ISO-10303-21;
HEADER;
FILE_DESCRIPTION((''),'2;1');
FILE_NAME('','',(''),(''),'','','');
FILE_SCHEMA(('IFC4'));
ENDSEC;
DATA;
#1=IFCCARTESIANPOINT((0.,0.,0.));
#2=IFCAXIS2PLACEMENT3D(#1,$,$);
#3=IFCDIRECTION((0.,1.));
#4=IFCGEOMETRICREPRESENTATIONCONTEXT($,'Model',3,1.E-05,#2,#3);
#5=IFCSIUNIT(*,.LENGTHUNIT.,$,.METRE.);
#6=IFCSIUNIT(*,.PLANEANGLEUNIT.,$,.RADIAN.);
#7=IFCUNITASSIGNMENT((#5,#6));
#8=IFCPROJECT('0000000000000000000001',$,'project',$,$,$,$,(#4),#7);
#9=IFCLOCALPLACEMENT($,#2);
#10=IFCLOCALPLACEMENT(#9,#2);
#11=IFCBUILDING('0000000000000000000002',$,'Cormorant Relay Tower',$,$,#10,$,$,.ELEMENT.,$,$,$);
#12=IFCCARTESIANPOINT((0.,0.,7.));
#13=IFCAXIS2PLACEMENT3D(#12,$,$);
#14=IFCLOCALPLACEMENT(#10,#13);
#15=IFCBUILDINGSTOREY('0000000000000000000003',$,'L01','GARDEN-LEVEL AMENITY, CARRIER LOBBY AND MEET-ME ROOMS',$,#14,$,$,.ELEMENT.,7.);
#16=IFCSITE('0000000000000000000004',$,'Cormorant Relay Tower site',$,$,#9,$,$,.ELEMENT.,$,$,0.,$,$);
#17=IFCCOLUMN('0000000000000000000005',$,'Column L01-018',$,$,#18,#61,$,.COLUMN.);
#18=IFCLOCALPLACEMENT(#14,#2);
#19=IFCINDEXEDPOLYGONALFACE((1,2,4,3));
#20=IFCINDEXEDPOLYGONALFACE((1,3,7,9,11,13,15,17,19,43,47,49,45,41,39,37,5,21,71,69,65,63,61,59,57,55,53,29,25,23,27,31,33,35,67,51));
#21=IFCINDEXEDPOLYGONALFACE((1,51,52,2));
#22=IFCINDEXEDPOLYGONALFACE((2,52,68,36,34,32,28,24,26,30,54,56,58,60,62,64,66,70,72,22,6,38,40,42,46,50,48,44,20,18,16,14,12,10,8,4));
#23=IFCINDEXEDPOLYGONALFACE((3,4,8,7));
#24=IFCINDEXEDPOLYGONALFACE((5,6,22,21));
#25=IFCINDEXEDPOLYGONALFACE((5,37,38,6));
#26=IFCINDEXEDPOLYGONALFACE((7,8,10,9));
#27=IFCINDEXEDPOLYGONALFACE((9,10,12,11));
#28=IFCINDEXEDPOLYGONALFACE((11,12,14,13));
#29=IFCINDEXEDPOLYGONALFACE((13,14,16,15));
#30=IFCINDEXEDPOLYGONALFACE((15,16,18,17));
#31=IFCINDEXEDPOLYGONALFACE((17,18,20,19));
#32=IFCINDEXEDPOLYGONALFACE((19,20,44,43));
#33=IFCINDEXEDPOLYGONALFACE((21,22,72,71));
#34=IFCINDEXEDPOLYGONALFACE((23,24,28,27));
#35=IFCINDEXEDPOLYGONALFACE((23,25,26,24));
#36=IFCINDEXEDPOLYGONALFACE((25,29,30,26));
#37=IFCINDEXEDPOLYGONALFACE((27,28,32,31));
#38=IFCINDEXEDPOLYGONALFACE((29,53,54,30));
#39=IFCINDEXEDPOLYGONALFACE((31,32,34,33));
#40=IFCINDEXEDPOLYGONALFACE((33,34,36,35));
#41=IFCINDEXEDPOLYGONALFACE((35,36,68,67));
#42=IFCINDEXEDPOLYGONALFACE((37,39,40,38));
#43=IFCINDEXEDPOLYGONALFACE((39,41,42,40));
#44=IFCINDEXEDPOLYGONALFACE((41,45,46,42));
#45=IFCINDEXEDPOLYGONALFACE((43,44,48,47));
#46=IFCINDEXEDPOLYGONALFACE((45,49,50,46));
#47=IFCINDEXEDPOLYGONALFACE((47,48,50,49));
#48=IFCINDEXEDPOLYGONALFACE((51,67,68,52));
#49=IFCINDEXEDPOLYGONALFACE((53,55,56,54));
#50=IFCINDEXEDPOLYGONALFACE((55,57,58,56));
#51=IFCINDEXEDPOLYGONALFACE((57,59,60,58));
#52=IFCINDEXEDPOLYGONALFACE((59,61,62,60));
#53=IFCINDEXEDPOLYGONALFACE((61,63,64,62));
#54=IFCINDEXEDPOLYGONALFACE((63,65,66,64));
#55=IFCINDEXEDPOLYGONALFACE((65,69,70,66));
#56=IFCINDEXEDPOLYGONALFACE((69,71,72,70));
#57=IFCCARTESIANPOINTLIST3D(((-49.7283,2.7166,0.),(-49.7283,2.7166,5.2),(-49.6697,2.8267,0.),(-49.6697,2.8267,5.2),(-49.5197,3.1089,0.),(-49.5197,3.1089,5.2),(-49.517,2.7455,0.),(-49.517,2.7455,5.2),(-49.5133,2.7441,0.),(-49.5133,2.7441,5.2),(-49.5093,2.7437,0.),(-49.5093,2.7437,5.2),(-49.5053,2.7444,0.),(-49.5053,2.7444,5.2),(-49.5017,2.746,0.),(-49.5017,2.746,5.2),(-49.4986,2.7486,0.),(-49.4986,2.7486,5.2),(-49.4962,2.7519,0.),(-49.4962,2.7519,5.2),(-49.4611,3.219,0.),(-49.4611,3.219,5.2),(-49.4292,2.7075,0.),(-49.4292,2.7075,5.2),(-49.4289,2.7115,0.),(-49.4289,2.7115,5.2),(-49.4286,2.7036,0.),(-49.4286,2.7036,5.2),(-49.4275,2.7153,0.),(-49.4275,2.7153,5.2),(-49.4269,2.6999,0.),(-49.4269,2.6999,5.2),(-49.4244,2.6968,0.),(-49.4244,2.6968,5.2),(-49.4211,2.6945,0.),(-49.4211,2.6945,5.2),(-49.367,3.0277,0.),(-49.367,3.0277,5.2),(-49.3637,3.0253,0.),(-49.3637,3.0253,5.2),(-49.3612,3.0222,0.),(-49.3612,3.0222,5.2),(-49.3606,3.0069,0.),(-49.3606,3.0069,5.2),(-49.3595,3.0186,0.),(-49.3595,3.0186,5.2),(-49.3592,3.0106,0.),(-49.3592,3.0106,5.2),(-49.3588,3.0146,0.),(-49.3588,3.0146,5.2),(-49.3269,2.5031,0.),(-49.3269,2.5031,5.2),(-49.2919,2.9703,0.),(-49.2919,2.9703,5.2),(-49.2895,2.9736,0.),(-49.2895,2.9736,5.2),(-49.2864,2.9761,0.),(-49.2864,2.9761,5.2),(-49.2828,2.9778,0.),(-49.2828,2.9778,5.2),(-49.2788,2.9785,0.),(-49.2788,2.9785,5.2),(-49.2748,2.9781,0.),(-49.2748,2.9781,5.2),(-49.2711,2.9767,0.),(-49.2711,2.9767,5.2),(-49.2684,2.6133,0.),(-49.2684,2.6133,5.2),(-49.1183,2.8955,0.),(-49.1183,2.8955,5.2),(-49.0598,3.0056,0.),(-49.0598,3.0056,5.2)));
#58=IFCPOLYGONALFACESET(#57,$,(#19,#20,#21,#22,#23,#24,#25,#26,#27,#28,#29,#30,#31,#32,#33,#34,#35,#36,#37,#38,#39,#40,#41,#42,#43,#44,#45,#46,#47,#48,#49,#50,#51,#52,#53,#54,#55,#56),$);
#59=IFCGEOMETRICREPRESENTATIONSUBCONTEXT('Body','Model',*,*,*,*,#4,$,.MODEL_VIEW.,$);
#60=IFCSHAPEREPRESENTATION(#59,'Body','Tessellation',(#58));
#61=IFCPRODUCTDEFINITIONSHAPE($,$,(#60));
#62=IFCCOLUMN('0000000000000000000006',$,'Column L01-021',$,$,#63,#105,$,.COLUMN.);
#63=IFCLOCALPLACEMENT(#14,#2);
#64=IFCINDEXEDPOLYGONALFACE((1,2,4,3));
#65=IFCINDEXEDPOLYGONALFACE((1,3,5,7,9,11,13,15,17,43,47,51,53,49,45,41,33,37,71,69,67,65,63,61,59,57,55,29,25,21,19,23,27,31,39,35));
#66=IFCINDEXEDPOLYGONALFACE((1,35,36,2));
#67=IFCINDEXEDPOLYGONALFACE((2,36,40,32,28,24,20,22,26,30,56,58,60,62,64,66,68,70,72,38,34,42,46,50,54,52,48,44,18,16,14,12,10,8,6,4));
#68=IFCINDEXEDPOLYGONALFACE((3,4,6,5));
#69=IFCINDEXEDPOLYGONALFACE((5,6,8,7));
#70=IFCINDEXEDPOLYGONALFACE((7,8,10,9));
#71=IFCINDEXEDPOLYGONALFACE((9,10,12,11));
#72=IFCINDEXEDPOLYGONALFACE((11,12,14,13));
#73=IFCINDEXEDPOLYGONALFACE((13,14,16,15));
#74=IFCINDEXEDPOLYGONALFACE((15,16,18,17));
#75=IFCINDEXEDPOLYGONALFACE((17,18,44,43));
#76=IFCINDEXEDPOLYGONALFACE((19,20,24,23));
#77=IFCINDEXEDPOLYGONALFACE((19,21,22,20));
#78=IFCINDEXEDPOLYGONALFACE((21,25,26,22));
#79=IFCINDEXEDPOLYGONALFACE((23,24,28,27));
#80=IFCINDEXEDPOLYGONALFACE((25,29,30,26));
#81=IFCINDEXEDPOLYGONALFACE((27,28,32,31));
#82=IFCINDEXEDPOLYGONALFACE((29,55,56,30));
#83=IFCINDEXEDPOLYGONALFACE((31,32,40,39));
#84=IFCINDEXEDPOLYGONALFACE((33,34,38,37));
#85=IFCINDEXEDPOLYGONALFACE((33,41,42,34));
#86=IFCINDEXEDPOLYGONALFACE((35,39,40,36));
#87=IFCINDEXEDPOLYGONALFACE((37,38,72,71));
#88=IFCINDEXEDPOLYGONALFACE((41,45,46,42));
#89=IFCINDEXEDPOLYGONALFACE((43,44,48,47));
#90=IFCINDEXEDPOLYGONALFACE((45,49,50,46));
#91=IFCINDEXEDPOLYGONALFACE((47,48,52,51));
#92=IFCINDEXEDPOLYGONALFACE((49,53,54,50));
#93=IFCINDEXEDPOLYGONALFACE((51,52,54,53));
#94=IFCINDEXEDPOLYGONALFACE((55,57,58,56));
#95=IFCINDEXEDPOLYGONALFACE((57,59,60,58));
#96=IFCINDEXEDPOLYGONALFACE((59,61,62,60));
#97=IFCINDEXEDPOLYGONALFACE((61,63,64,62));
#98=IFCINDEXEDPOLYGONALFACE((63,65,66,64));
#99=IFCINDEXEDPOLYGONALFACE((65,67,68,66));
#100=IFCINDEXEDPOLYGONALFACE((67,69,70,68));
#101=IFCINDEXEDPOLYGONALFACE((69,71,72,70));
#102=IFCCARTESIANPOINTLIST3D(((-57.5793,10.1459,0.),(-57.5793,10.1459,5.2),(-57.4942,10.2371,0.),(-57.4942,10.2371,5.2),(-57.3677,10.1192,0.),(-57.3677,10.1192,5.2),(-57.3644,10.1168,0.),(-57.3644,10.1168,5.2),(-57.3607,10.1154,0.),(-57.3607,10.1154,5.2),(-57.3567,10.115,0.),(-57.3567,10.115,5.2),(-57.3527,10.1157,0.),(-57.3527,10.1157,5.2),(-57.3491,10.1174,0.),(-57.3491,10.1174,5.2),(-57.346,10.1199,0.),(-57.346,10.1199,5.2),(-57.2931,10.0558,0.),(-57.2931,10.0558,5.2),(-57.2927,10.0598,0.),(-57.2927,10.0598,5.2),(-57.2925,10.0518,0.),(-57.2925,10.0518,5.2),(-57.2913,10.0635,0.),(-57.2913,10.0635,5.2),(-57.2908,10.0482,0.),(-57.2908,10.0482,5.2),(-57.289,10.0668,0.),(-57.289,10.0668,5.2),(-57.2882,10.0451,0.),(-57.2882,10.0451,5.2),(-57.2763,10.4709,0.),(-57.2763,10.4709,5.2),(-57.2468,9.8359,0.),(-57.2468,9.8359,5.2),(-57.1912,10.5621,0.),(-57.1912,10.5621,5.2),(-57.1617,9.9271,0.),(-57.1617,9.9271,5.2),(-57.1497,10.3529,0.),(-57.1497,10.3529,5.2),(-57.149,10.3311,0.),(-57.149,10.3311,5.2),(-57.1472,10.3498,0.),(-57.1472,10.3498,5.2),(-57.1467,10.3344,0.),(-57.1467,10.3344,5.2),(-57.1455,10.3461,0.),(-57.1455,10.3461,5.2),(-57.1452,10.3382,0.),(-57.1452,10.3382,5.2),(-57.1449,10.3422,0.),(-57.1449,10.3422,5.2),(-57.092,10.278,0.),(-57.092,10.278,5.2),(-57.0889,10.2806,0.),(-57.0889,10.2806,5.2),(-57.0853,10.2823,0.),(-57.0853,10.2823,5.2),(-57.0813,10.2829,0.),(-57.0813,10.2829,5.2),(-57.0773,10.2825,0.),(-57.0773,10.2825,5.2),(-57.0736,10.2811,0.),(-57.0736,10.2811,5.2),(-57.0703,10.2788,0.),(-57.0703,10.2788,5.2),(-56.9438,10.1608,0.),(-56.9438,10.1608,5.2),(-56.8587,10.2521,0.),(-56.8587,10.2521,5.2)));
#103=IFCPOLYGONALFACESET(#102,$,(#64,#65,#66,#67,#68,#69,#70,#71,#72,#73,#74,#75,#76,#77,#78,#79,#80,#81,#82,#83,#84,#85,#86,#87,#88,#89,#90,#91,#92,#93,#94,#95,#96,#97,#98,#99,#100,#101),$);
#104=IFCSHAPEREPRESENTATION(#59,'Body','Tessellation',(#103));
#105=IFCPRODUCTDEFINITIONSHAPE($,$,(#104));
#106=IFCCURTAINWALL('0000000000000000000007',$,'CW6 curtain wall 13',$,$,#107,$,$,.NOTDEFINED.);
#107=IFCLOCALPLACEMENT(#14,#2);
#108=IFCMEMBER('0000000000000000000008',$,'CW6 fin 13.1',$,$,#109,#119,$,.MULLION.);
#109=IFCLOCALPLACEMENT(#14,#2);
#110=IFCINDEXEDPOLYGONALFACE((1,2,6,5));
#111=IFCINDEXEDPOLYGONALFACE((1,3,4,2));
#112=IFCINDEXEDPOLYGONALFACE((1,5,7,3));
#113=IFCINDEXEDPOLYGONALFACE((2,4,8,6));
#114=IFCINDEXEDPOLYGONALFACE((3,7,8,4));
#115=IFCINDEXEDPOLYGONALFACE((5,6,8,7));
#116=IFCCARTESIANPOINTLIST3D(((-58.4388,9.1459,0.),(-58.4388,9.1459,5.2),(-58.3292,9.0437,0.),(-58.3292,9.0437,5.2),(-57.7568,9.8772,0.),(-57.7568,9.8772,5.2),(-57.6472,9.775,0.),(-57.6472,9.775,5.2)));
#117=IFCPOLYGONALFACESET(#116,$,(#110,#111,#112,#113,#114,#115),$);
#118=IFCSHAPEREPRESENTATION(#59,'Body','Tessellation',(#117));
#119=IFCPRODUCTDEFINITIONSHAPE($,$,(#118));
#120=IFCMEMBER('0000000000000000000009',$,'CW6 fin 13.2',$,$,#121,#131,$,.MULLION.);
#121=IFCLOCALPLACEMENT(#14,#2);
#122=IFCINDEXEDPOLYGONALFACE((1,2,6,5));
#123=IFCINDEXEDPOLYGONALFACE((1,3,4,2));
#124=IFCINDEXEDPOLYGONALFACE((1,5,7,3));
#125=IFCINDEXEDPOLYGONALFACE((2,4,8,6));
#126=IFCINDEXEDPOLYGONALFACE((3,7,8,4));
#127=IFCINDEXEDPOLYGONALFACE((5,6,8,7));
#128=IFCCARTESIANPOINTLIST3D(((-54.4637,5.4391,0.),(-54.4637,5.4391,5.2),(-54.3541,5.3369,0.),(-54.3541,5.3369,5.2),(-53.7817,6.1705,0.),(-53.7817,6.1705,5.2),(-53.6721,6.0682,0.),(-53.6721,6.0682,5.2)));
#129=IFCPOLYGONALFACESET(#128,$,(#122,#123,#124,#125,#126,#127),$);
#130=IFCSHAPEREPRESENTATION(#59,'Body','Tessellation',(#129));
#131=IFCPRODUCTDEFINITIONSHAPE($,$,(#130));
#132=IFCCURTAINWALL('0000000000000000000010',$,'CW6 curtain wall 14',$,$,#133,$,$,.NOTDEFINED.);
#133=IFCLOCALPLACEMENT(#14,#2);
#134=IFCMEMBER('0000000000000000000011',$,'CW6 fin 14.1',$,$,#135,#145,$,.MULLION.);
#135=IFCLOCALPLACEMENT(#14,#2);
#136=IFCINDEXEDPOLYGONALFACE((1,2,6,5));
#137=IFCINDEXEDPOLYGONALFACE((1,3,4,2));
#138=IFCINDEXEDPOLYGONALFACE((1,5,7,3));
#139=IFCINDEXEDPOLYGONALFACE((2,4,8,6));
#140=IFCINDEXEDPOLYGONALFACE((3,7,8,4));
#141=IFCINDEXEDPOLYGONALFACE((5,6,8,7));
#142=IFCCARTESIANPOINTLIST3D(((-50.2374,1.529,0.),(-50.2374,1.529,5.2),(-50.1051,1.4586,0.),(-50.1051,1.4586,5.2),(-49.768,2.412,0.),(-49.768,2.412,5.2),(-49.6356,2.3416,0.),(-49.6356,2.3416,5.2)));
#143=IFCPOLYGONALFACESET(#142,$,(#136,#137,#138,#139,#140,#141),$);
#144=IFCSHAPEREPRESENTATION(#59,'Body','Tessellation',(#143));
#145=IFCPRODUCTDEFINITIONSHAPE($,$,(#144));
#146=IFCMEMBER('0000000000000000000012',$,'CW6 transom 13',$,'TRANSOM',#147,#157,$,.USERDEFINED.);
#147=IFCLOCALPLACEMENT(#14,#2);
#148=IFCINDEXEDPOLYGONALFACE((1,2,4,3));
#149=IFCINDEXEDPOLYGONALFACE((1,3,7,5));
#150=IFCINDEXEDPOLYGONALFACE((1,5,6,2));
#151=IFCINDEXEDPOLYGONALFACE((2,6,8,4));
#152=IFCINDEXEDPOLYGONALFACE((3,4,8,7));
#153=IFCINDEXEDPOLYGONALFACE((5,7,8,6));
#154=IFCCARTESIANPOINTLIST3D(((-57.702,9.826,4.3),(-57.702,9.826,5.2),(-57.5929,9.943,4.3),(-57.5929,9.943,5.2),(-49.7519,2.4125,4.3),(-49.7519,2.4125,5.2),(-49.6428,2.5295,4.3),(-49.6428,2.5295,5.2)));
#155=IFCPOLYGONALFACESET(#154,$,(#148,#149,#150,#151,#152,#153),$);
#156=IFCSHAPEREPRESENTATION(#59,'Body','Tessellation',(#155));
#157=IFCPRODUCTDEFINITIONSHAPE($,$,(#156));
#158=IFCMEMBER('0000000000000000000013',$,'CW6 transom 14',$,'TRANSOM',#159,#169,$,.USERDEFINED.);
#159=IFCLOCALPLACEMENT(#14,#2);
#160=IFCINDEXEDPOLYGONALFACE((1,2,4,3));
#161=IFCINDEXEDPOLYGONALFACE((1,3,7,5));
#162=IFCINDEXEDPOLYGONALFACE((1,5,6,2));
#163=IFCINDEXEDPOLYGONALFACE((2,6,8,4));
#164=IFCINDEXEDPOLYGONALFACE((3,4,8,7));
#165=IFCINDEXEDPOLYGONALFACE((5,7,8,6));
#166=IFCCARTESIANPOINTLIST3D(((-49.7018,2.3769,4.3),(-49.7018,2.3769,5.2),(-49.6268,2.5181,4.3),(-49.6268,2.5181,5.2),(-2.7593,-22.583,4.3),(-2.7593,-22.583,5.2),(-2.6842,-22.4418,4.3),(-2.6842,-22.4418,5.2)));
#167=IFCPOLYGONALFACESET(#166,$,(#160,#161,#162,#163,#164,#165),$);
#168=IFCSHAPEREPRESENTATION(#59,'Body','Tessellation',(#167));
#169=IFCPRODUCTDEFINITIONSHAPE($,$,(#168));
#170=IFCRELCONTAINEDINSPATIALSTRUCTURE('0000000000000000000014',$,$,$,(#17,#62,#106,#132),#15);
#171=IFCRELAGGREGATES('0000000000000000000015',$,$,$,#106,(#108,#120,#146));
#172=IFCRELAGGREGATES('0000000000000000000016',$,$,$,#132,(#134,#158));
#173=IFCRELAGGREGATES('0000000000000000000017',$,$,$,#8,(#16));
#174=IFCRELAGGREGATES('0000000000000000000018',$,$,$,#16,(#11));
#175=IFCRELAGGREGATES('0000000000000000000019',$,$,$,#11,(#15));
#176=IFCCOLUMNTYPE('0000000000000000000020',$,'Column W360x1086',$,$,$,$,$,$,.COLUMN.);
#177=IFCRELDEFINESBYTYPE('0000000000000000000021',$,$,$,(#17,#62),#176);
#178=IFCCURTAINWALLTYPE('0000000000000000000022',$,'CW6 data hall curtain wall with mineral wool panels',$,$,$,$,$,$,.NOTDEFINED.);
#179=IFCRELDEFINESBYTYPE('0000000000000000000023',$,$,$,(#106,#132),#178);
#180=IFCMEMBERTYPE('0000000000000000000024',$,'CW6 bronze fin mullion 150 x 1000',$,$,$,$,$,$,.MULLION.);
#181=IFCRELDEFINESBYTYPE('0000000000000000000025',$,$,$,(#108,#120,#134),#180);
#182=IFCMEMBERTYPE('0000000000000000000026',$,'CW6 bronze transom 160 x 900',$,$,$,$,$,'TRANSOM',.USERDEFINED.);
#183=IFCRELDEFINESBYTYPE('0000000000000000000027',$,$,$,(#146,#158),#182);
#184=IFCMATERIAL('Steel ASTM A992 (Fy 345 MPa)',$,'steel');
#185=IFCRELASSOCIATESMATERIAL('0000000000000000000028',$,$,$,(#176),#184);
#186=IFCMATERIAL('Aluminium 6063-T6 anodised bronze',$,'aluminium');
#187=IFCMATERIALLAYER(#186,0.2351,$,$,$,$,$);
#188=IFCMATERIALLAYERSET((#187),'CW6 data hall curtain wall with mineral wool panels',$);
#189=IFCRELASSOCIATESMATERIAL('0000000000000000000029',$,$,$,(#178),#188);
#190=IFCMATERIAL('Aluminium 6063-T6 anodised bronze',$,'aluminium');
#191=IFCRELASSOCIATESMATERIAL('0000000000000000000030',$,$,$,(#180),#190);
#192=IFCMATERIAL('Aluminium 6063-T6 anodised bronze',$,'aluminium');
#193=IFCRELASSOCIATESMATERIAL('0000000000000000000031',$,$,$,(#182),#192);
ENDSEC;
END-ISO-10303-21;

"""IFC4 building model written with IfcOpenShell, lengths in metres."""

from ifc_helpers import new_model, si_unit, direction, frame, origin, origin_2d, place, context, subcontext, project, spatial, rectangle, i_section, extrude, material, layer, layer_set, material_profile, profile_set, type_object, element, aggregate, save


model = new_model("IFC4")

# Units and contexts
model_context = context("Model", 3, precision=1e-05, world=origin(), true_north=direction((0.0, 1.0)))
body_context = subcontext(model_context, "Body", "Model", "MODEL_VIEW")
ifc_project = project(units=[si_unit("LENGTHUNIT", "METRE"), si_unit("PLANEANGLEUNIT", "RADIAN")], contexts=[model_context])

# Site, building, storey
site_placement = place(None, origin())
site = spatial("IfcSite", under=ifc_project, at=site_placement, Name="Cormorant Relay Tower site", CompositionType="ELEMENT", RefElevation=0.0)
building_placement = place(site_placement, origin())
building = spatial("IfcBuilding", under=site, at=building_placement, Name="Cormorant Relay Tower", CompositionType="ELEMENT")
storey_placement = place(building_placement, frame((0.0, 0.0, 7.0)))
storey = spatial("IfcBuildingStorey", under=building, at=storey_placement, Name="L01", Description="GARDEN-LEVEL AMENITY, CARRIER LOBBY AND MEET-ME ROOMS", CompositionType="ELEMENT", Elevation=7.0)

# Columns
ifc_material_1 = material(Name="Steel ASTM A992 (Fy 345 MPa)", Category="steel")
ifc_material_profile_1 = material_profile(ifc_material_1, i_section(OverallWidth=0.4546, OverallDepth=0.5691, WebThickness=0.0779, FlangeThickness=0.1248, FilletRadius=0.0154, at=origin_2d()), Name="W360x1086")
ifc_profile_set_1 = profile_set([ifc_material_profile_1], Name="Steel ASTM A992 (Fy 345 MPa)")
column_type = type_object("IfcColumnType", Name="Column W360x1086", PredefinedType="COLUMN", material=ifc_profile_set_1)
for number, where, z_axis, x_axis, name in (
    (1, (-49.394, 2.8611, 0.0), (0.0, 0.0, 1.0), (0.882948, -0.469472, 0.0), "Column L01-018"),
    (2, (-57.219, 10.199, 0.0), (0.0, 0.0, 1.0), (0.731354, -0.681998, 0.0), "Column L01-021"),
):
    element("IfcColumn", number, at=place(storey_placement, frame(where, z_axis=z_axis, x_axis=x_axis)), inside=storey, type_object=column_type, Name=name, PredefinedType="COLUMN", context=body_context, shape_type="SweptSolid", body=[
        extrude(i_section(OverallWidth=0.4546, OverallDepth=0.5691, WebThickness=0.0779, FlangeThickness=0.1248, FilletRadius=0.0154, at=origin_2d()), origin(), (0.0, 0.0, 1.0), 5.2),
    ])

# Curtain wall, members
ifc_material_2 = material(Name="Aluminium 6063-T6 anodised bronze", Category="aluminium")
ifc_layer_1 = layer(ifc_material_2, 0.2351)
ifc_layer_set_1 = layer_set([ifc_layer_1], Name="CW6 data hall curtain wall with mineral wool panels")
curtain_wall_type = type_object("IfcCurtainWallType", Name="CW6 data hall curtain wall with mineral wool panels", PredefinedType="NOTDEFINED", material=ifc_layer_set_1)
curtain_wall_1_placement = place(storey_placement, origin())
curtain_wall_1 = element("IfcCurtainWall", 3, at=curtain_wall_1_placement, inside=storey, type_object=curtain_wall_type, Name="CW6 curtain wall 13", PredefinedType="NOTDEFINED")
ifc_material_3 = material(Name="Aluminium 6063-T6 anodised bronze", Category="aluminium")
ifc_material_profile_2 = material_profile(ifc_material_3, rectangle(XDim=0.1499, YDim=1.0, at=origin_2d()), Name="AL 150x1000")
ifc_profile_set_2 = profile_set([ifc_material_profile_2], Name="Aluminium 6063-T6 anodised bronze")
member_type_1 = type_object("IfcMemberType", Name="CW6 bronze fin mullion 150 x 1000", PredefinedType="MULLION", material=ifc_profile_set_2)
member_1_placement = place(storey_placement, frame((-58.043, 9.4604, 0.0), z_axis=(0.0, 0.0, 1.0), x_axis=(0.731354, -0.681998, 0.0)))
member_1 = element("IfcMember", 4, at=member_1_placement, type_object=member_type_1, Name="CW6 fin 13.1", PredefinedType="MULLION", context=body_context, shape_type="SweptSolid", body=[
    extrude(rectangle(XDim=0.1499, YDim=1.0, at=origin_2d()), origin(), (0.0, 0.0, 1.0), 5.2),
])
member_2_placement = place(storey_placement, frame((-54.0679, 5.7537, 0.0), z_axis=(0.0, 0.0, 1.0), x_axis=(0.731354, -0.681998, 0.0)))
member_2 = element("IfcMember", 5, at=member_2_placement, type_object=member_type_1, Name="CW6 fin 13.2", PredefinedType="MULLION", context=body_context, shape_type="SweptSolid", body=[
    extrude(rectangle(XDim=0.1499, YDim=1.0, at=origin_2d()), origin(), (0.0, 0.0, 1.0), 5.2),
])

# Curtain wall, member
curtain_wall_2_placement = place(storey_placement, origin())
curtain_wall_2 = element("IfcCurtainWall", 6, at=curtain_wall_2_placement, inside=storey, type_object=curtain_wall_type, Name="CW6 curtain wall 14", PredefinedType="NOTDEFINED")
member_3_placement = place(storey_placement, frame((-49.9365, 1.9353, 0.0), z_axis=(0.0, 0.0, 1.0), x_axis=(0.882948, -0.469472, 0.0)))
member_3 = element("IfcMember", 7, at=member_3_placement, type_object=member_type_1, Name="CW6 fin 14.1", PredefinedType="MULLION", context=body_context, shape_type="SweptSolid", body=[
    extrude(rectangle(XDim=0.1499, YDim=1.0, at=origin_2d()), origin(), (0.0, 0.0, 1.0), 5.2),
])

# Members
ifc_material_4 = material(Name="Aluminium 6063-T6 anodised bronze", Category="aluminium")
ifc_material_profile_3 = material_profile(ifc_material_4, rectangle(XDim=0.1599, YDim=0.8999, at=origin_2d()), Name="AL 160x900")
ifc_profile_set_3 = profile_set([ifc_material_profile_3], Name="Aluminium 6063-T6 anodised bronze")
member_type_2 = type_object("IfcMemberType", Name="CW6 bronze transom 160 x 900", ElementType="TRANSOM", PredefinedType="USERDEFINED", material=ifc_profile_set_3)
member_4_placement = place(storey_placement, frame((-57.6475, 9.8845, 4.75), z_axis=(0.731358, -0.681993, 0.0), x_axis=(0.681993, 0.731358, 0.0)))
member_4 = element("IfcMember", 8, at=member_4_placement, type_object=member_type_2, Name="CW6 transom 13", ObjectType="TRANSOM", PredefinedType="USERDEFINED", context=body_context, shape_type="SweptSolid", body=[
    extrude(rectangle(XDim=0.1599, YDim=0.8999, at=origin_2d()), origin(), (0.0, 0.0, 1.0), 10.8704),
])
member_5_placement = place(storey_placement, frame((-49.6643, 2.4475, 4.75), z_axis=(0.882947, -0.469473, 0.0), x_axis=(0.469473, 0.882947, 0.0)))
member_5 = element("IfcMember", 9, at=member_5_placement, type_object=member_type_2, Name="CW6 transom 14", ObjectType="TRANSOM", PredefinedType="USERDEFINED", context=body_context, shape_type="SweptSolid", body=[
    extrude(rectangle(XDim=0.1599, YDim=0.8999, at=origin_2d()), origin(), (0.0, 0.0, 1.0), 53.1658),
])

aggregate(curtain_wall_1, [member_1, member_2, member_4])
aggregate(curtain_wall_2, [member_3, member_5])

save(model, "model.ifc")
